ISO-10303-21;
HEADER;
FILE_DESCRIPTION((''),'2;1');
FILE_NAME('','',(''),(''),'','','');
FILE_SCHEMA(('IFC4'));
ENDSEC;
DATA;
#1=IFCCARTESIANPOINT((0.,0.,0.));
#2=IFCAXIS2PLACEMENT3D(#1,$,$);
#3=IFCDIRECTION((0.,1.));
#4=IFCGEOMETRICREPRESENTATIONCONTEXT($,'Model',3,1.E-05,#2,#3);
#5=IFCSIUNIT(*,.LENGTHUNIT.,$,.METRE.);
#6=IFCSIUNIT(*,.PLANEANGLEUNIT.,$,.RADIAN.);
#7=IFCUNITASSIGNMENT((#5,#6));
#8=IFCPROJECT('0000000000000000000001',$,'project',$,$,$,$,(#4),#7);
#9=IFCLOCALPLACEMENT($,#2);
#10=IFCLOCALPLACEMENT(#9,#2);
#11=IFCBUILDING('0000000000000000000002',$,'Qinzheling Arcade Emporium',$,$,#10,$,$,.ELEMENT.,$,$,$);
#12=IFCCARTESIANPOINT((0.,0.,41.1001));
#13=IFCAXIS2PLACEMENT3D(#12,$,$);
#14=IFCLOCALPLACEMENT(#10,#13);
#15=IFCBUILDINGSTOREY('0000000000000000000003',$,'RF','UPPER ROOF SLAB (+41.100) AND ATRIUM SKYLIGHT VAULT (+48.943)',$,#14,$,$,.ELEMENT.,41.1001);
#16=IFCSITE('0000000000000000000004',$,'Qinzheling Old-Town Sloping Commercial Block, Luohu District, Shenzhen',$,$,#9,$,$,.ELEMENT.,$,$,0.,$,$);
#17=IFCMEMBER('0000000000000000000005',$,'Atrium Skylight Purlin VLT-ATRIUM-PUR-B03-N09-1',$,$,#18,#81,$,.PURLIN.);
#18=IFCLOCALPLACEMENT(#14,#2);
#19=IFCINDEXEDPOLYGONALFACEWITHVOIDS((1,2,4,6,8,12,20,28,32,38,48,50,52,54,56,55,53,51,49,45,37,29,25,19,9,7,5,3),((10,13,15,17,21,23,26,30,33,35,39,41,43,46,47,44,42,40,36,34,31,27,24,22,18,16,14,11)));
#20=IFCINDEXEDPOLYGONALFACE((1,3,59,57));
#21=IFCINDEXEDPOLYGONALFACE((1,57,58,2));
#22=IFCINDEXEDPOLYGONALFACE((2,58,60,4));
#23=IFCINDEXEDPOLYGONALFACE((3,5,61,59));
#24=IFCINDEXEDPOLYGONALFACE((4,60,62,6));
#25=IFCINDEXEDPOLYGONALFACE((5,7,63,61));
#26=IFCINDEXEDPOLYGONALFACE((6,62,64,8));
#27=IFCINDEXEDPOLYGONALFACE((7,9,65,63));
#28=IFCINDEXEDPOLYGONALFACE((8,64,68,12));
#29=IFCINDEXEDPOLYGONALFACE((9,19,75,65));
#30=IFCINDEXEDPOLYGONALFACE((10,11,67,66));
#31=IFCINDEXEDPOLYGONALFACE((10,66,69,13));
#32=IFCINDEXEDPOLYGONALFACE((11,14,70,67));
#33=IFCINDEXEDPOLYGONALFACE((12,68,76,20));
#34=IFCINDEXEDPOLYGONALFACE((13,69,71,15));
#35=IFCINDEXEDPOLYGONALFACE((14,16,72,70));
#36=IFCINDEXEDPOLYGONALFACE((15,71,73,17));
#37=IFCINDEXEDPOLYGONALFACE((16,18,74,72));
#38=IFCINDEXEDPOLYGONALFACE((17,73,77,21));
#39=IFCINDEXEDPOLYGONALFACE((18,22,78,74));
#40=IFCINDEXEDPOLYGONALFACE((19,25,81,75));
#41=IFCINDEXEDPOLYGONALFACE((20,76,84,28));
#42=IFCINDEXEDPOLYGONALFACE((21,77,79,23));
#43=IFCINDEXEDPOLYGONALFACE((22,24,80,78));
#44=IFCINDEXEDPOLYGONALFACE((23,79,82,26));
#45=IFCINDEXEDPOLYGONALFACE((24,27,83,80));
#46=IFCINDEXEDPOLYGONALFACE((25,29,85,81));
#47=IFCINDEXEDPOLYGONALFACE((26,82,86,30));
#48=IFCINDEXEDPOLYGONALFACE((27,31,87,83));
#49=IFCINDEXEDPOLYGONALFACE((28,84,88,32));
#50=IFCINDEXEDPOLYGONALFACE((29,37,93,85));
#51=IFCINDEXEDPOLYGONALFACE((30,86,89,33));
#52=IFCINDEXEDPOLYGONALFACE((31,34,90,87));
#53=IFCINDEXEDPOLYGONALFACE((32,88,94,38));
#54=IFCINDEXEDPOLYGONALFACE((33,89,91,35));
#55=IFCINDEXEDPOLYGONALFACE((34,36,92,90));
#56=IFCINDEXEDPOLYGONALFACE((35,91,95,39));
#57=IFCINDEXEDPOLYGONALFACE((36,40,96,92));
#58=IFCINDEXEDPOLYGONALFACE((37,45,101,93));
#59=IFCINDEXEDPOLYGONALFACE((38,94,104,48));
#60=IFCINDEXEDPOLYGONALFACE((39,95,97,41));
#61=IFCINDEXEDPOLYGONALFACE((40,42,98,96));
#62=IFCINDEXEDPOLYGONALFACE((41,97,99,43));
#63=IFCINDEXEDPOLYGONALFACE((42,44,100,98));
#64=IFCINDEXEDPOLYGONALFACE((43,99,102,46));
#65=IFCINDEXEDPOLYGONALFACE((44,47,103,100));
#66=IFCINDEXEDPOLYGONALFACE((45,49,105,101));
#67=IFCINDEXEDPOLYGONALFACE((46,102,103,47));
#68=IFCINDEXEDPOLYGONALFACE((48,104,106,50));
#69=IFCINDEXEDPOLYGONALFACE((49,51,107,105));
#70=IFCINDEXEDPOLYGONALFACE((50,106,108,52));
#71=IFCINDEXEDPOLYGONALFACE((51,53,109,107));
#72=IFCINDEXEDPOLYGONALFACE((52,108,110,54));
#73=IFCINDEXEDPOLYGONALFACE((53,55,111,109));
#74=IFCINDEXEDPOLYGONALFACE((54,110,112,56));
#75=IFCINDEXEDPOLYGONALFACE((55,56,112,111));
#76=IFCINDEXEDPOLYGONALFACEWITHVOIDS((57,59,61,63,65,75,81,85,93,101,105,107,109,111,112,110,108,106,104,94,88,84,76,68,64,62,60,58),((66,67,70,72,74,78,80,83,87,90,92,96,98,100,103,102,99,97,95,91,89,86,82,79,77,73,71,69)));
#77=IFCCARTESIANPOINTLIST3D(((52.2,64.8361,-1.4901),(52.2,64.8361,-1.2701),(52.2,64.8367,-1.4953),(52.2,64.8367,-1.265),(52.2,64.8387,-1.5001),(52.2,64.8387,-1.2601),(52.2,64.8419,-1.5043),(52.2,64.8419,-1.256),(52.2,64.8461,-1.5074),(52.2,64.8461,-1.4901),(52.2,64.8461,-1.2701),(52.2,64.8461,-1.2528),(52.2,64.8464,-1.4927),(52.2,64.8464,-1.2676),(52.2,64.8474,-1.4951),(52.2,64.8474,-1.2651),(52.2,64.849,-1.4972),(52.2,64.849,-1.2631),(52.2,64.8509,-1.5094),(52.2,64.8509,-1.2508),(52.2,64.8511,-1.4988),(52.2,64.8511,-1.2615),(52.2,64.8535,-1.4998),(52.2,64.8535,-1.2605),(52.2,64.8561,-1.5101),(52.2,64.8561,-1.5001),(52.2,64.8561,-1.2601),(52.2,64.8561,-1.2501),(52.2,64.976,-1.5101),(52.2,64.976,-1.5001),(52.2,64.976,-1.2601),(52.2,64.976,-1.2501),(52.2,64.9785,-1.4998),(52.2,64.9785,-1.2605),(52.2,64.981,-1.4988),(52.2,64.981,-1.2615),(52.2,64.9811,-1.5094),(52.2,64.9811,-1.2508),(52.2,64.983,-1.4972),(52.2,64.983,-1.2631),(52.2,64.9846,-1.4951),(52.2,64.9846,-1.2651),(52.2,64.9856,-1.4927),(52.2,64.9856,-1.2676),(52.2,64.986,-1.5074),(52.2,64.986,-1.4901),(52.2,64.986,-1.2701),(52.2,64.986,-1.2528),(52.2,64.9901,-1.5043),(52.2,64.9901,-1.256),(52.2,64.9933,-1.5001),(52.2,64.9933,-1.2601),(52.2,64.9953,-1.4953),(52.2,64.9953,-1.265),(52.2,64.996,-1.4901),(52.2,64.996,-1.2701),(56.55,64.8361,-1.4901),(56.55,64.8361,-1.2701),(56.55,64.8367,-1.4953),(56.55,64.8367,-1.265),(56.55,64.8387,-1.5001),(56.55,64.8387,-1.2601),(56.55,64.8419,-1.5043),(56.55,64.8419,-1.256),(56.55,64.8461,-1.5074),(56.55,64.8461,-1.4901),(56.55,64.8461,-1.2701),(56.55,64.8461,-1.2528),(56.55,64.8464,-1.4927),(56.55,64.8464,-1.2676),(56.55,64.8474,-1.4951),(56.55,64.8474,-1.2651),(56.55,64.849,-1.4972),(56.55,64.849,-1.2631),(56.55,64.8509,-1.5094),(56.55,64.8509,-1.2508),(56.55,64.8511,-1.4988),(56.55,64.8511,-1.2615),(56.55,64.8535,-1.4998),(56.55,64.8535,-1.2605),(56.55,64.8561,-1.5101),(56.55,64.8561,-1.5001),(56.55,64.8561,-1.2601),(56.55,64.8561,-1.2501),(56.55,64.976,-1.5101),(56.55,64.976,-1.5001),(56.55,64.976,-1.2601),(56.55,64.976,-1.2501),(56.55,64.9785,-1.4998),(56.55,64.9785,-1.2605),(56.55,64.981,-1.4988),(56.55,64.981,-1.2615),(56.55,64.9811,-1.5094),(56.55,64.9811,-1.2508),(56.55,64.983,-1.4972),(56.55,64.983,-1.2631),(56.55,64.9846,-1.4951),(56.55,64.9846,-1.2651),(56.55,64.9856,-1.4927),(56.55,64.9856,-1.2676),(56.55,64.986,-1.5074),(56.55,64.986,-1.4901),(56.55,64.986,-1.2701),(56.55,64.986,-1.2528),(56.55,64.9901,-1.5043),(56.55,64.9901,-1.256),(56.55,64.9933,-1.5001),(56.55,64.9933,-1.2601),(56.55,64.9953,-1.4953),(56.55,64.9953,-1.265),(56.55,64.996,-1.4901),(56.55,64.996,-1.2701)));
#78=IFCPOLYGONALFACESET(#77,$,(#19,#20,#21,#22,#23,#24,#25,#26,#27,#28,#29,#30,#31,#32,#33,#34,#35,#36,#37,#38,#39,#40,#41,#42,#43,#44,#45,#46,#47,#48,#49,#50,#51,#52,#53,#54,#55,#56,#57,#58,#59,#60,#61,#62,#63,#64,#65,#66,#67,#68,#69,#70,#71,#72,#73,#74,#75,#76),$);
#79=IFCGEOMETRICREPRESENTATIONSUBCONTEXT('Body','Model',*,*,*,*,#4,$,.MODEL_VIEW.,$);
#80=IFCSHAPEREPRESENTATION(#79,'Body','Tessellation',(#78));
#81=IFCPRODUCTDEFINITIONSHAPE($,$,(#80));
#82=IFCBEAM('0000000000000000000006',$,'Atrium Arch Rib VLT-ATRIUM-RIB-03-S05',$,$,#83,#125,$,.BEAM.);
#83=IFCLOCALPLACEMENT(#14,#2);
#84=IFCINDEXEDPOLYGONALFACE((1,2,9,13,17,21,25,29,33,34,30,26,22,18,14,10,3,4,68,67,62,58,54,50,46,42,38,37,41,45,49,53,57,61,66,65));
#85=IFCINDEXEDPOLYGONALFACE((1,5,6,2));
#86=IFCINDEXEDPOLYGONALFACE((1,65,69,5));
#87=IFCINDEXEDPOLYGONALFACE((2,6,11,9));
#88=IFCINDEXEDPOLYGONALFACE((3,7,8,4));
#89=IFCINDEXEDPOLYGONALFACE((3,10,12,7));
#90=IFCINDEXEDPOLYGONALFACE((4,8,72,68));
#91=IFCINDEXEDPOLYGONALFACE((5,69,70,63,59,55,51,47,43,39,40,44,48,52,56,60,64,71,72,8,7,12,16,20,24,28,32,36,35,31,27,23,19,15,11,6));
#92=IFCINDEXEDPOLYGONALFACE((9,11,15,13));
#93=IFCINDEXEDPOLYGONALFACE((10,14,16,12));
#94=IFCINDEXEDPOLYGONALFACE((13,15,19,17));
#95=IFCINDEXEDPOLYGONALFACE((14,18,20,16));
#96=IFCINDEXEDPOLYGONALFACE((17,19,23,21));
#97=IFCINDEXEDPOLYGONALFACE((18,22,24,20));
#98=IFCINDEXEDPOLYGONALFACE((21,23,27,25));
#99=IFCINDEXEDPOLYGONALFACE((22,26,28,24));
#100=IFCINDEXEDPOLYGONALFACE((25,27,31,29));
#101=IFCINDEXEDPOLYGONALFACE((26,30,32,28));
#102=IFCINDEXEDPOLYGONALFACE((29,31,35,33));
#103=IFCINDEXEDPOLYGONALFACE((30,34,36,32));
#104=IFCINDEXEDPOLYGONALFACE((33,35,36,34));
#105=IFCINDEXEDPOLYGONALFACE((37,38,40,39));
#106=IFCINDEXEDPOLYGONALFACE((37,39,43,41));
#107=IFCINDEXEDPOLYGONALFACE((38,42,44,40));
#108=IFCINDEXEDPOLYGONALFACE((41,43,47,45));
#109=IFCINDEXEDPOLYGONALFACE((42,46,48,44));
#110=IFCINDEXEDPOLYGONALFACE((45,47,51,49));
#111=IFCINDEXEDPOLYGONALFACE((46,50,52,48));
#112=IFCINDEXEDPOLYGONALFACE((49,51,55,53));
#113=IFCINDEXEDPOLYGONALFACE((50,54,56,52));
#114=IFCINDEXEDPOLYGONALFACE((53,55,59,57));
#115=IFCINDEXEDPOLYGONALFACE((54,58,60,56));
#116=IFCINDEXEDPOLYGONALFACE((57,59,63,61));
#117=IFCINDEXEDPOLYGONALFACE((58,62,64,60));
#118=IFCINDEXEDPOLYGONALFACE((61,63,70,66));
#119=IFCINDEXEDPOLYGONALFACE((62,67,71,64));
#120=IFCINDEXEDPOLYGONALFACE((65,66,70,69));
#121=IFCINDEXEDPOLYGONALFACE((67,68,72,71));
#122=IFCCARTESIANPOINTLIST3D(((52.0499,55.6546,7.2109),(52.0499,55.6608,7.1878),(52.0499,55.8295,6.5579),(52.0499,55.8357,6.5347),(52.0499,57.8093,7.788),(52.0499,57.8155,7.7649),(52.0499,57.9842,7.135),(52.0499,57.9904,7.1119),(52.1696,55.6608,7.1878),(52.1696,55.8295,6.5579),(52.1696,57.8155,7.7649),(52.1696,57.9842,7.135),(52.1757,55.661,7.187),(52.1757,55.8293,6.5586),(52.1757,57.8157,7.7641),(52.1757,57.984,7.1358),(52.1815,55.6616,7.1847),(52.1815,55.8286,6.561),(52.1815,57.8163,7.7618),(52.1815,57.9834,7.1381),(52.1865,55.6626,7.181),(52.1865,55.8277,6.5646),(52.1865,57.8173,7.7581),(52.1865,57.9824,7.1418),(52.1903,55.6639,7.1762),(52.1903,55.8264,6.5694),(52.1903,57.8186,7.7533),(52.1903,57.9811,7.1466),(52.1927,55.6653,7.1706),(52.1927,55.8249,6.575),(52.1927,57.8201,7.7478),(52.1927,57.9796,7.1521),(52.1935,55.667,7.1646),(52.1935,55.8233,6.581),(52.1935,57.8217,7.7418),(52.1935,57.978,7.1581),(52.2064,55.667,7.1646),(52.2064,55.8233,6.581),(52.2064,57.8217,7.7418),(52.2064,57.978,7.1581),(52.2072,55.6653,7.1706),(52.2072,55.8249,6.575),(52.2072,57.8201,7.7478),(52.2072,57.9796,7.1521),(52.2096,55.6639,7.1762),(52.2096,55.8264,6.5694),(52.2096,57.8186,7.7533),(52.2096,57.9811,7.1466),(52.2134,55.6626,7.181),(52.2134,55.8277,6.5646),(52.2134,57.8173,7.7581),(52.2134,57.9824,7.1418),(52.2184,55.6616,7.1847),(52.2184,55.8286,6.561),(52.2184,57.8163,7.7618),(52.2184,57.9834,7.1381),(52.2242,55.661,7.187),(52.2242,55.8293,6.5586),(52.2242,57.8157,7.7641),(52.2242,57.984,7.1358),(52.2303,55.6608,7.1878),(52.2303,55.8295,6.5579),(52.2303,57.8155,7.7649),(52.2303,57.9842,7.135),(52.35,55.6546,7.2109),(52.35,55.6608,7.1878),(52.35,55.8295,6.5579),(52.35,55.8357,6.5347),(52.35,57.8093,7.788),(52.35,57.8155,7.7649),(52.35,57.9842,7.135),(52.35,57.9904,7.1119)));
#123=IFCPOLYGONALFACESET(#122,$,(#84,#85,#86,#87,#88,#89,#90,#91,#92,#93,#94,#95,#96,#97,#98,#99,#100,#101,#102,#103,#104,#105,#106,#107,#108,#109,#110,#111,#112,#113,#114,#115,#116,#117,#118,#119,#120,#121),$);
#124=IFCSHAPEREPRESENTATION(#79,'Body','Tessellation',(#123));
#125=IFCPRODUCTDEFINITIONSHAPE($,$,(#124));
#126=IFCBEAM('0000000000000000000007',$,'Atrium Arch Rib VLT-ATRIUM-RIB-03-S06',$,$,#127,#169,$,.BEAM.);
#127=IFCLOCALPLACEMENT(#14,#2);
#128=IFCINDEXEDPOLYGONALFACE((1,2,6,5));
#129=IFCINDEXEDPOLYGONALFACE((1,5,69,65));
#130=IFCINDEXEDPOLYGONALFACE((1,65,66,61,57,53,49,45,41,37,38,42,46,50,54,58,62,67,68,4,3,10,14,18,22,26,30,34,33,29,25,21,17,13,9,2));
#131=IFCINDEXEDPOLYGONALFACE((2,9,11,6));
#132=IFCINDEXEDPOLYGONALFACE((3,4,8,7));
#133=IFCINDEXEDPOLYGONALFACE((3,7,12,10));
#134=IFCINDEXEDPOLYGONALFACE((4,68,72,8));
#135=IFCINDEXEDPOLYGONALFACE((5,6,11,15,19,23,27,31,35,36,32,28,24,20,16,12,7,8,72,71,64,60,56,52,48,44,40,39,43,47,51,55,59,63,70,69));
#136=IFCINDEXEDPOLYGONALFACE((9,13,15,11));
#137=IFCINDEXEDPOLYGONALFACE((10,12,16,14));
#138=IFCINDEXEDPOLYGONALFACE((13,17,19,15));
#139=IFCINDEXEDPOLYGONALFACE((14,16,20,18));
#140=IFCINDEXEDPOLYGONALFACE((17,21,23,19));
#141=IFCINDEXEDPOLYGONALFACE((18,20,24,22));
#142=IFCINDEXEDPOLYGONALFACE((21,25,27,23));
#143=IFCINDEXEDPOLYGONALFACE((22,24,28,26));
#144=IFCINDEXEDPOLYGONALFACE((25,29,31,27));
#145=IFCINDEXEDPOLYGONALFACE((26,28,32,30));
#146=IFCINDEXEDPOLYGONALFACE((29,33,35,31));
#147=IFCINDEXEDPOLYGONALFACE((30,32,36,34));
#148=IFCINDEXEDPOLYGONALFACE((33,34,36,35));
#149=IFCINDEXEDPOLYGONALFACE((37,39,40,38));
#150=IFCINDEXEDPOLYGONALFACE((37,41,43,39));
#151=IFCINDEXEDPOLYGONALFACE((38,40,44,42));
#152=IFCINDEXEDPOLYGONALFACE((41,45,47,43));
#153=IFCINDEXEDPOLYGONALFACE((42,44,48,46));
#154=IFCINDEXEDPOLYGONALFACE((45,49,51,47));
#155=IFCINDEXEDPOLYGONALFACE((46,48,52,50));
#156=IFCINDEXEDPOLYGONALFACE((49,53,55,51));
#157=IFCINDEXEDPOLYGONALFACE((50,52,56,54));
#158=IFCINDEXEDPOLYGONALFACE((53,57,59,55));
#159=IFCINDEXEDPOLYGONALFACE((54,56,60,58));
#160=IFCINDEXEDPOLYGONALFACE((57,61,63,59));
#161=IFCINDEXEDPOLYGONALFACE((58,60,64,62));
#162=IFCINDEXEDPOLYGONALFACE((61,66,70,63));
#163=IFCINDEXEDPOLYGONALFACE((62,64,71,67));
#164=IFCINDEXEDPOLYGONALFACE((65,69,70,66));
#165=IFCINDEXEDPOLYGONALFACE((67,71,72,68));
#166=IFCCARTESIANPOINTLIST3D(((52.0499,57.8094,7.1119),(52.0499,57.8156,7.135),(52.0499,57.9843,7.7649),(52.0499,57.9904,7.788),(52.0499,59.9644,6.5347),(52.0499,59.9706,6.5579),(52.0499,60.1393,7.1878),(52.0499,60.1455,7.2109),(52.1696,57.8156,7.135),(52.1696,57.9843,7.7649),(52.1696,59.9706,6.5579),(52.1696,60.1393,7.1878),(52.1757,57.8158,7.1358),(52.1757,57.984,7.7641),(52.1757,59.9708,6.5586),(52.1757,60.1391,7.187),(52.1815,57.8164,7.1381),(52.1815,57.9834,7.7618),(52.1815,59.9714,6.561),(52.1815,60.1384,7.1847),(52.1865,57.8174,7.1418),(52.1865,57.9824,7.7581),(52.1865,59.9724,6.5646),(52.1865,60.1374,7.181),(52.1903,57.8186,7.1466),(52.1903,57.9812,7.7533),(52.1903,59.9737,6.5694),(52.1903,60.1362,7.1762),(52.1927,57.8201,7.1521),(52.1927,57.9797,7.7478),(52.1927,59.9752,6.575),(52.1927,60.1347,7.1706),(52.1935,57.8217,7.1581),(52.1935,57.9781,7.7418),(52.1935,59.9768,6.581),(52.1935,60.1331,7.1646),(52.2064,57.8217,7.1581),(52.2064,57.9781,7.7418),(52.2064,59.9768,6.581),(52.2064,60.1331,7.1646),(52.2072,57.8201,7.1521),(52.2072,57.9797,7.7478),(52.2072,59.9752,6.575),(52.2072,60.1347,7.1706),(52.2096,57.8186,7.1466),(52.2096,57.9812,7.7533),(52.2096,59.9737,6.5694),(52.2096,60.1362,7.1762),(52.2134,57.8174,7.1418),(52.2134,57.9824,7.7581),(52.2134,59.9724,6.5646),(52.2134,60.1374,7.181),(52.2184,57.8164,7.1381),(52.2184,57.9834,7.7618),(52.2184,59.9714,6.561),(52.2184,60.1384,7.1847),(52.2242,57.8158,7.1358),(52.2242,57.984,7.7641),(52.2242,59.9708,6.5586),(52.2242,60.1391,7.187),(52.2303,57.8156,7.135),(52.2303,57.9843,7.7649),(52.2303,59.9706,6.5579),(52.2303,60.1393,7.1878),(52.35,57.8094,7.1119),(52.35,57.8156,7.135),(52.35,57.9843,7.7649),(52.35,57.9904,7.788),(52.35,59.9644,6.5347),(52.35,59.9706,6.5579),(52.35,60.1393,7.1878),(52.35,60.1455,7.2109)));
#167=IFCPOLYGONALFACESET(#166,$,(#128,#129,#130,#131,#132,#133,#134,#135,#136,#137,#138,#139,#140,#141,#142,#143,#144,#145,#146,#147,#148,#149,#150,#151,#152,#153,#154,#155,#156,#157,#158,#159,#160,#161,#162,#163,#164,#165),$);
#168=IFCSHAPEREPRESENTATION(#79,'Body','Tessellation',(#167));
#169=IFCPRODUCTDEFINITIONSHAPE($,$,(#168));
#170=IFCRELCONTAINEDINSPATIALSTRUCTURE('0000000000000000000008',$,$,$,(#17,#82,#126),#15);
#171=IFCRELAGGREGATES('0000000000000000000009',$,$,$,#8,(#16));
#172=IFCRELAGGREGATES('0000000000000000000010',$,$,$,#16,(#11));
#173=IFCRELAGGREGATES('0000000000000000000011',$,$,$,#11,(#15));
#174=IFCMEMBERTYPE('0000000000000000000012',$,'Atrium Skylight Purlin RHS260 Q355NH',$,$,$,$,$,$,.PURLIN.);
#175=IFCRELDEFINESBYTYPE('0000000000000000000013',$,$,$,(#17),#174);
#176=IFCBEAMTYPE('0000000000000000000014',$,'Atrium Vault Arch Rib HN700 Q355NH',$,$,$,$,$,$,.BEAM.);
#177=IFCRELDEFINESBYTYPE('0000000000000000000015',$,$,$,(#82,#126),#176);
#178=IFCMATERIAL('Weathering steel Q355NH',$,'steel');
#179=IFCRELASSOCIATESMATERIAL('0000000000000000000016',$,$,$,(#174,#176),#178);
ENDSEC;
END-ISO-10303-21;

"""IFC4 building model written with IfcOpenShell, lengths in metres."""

from ifc_helpers import new_model, si_unit, direction, frame, origin, origin_2d, place, context, subcontext, project, spatial, hollow_rectangle, i_section, extrude, material, material_profile, profile_set, type_object, element, save


model = new_model("IFC4")

# Units and contexts
model_context = context("Model", 3, precision=1e-05, world=origin(), true_north=direction((0.0, 1.0)))
body_context = subcontext(model_context, "Body", "Model", "MODEL_VIEW")
ifc_project = project(units=[si_unit("LENGTHUNIT", "METRE"), si_unit("PLANEANGLEUNIT", "RADIAN")], contexts=[model_context])

# Site, building, storey
site_placement = place(None, origin())
site = spatial("IfcSite", under=ifc_project, at=site_placement, Name="Qinzheling Old-Town Sloping Commercial Block, Luohu District, Shenzhen", CompositionType="ELEMENT", RefElevation=0.0)
building_placement = place(site_placement, origin())
building = spatial("IfcBuilding", under=site, at=building_placement, Name="Qinzheling Arcade Emporium", CompositionType="ELEMENT")
storey_placement = place(building_placement, frame((0.0, 0.0, 41.1001)))
storey = spatial("IfcBuildingStorey", under=building, at=storey_placement, Name="RF", Description="UPPER ROOF SLAB (+41.100) AND ATRIUM SKYLIGHT VAULT (+48.943)", CompositionType="ELEMENT", Elevation=41.1001)

# Shared definitions
ifc_material_1 = material(Name="Weathering steel Q355NH", Category="steel")

# Member
ifc_material_profile_1 = material_profile(ifc_material_1, hollow_rectangle(XDim=0.1599, YDim=0.26, WallThickness=0.01, InnerFilletRadius=0.01, OuterFilletRadius=0.02, at=origin_2d()), Name="RHS 260x160x10", Category="steel")
ifc_profile_set_1 = profile_set([ifc_material_profile_1], Name="Weathering steel Q355NH")
member_type = type_object("IfcMemberType", Name="Atrium Skylight Purlin RHS260 Q355NH", PredefinedType="PURLIN", material=ifc_profile_set_1)
member_1_placement = place(storey_placement, frame((52.2, 64.916, -1.3801), z_axis=(1.0, 0.0, 0.0), x_axis=(0.0, 1.0, 0.0)))
element("IfcMember", 1, at=member_1_placement, inside=storey, type_object=member_type, Name="Atrium Skylight Purlin VLT-ATRIUM-PUR-B03-N09-1", PredefinedType="PURLIN", context=body_context, shape_type="SweptSolid", body=[
    extrude(hollow_rectangle(XDim=0.1599, YDim=0.26, WallThickness=0.01, InnerFilletRadius=0.01, OuterFilletRadius=0.02, at=origin_2d()), origin(), (0.0, 0.0, 1.0), 4.3501),
])

# Beams
ifc_material_profile_2 = material_profile(ifc_material_1, i_section(OverallWidth=0.3, OverallDepth=0.7, WebThickness=0.0129, FlangeThickness=0.0239, FilletRadius=0.0239, at=origin_2d()), Name="HN 700x300x13x24", Category="steel")
ifc_profile_set_2 = profile_set([ifc_material_profile_2], Name="Weathering steel Q355NH")
beam_type_1 = type_object("IfcBeamType", Name="Atrium Vault Arch Rib HN700 Q355NH", PredefinedType="BEAM", material=ifc_profile_set_2)
beam_1_placement = place(storey_placement, frame((52.2, 55.7451, 6.8728), z_axis=(0.0, 0.965951, 0.258725), x_axis=(-1.0, 0.0, 0.0)))
element("IfcBeam", 2, at=beam_1_placement, inside=storey, type_object=beam_type_1, Name="Atrium Arch Rib VLT-ATRIUM-RIB-03-S05", PredefinedType="BEAM", context=body_context, shape_type="SweptSolid", body=[
    extrude(i_section(OverallWidth=0.3, OverallDepth=0.7, WebThickness=0.0129, FlangeThickness=0.0239, FilletRadius=0.0239, at=origin_2d()), origin(), (0.0, 0.0, 1.0), 2.2307),
])
beam_2_placement = place(storey_placement, frame((52.2, 57.8999, 7.45), z_axis=(0.0, 0.965958, -0.258698), x_axis=(-1.0, 0.0, 0.0)))
element("IfcBeam", 3, at=beam_2_placement, inside=storey, type_object=beam_type_1, Name="Atrium Arch Rib VLT-ATRIUM-RIB-03-S06", PredefinedType="BEAM", context=body_context, shape_type="SweptSolid", body=[
    extrude(i_section(OverallWidth=0.3, OverallDepth=0.7, WebThickness=0.0129, FlangeThickness=0.0239, FilletRadius=0.0239, at=origin_2d()), origin(), (0.0, 0.0, 1.0), 2.231),
])

save(model, "model.ifc")
